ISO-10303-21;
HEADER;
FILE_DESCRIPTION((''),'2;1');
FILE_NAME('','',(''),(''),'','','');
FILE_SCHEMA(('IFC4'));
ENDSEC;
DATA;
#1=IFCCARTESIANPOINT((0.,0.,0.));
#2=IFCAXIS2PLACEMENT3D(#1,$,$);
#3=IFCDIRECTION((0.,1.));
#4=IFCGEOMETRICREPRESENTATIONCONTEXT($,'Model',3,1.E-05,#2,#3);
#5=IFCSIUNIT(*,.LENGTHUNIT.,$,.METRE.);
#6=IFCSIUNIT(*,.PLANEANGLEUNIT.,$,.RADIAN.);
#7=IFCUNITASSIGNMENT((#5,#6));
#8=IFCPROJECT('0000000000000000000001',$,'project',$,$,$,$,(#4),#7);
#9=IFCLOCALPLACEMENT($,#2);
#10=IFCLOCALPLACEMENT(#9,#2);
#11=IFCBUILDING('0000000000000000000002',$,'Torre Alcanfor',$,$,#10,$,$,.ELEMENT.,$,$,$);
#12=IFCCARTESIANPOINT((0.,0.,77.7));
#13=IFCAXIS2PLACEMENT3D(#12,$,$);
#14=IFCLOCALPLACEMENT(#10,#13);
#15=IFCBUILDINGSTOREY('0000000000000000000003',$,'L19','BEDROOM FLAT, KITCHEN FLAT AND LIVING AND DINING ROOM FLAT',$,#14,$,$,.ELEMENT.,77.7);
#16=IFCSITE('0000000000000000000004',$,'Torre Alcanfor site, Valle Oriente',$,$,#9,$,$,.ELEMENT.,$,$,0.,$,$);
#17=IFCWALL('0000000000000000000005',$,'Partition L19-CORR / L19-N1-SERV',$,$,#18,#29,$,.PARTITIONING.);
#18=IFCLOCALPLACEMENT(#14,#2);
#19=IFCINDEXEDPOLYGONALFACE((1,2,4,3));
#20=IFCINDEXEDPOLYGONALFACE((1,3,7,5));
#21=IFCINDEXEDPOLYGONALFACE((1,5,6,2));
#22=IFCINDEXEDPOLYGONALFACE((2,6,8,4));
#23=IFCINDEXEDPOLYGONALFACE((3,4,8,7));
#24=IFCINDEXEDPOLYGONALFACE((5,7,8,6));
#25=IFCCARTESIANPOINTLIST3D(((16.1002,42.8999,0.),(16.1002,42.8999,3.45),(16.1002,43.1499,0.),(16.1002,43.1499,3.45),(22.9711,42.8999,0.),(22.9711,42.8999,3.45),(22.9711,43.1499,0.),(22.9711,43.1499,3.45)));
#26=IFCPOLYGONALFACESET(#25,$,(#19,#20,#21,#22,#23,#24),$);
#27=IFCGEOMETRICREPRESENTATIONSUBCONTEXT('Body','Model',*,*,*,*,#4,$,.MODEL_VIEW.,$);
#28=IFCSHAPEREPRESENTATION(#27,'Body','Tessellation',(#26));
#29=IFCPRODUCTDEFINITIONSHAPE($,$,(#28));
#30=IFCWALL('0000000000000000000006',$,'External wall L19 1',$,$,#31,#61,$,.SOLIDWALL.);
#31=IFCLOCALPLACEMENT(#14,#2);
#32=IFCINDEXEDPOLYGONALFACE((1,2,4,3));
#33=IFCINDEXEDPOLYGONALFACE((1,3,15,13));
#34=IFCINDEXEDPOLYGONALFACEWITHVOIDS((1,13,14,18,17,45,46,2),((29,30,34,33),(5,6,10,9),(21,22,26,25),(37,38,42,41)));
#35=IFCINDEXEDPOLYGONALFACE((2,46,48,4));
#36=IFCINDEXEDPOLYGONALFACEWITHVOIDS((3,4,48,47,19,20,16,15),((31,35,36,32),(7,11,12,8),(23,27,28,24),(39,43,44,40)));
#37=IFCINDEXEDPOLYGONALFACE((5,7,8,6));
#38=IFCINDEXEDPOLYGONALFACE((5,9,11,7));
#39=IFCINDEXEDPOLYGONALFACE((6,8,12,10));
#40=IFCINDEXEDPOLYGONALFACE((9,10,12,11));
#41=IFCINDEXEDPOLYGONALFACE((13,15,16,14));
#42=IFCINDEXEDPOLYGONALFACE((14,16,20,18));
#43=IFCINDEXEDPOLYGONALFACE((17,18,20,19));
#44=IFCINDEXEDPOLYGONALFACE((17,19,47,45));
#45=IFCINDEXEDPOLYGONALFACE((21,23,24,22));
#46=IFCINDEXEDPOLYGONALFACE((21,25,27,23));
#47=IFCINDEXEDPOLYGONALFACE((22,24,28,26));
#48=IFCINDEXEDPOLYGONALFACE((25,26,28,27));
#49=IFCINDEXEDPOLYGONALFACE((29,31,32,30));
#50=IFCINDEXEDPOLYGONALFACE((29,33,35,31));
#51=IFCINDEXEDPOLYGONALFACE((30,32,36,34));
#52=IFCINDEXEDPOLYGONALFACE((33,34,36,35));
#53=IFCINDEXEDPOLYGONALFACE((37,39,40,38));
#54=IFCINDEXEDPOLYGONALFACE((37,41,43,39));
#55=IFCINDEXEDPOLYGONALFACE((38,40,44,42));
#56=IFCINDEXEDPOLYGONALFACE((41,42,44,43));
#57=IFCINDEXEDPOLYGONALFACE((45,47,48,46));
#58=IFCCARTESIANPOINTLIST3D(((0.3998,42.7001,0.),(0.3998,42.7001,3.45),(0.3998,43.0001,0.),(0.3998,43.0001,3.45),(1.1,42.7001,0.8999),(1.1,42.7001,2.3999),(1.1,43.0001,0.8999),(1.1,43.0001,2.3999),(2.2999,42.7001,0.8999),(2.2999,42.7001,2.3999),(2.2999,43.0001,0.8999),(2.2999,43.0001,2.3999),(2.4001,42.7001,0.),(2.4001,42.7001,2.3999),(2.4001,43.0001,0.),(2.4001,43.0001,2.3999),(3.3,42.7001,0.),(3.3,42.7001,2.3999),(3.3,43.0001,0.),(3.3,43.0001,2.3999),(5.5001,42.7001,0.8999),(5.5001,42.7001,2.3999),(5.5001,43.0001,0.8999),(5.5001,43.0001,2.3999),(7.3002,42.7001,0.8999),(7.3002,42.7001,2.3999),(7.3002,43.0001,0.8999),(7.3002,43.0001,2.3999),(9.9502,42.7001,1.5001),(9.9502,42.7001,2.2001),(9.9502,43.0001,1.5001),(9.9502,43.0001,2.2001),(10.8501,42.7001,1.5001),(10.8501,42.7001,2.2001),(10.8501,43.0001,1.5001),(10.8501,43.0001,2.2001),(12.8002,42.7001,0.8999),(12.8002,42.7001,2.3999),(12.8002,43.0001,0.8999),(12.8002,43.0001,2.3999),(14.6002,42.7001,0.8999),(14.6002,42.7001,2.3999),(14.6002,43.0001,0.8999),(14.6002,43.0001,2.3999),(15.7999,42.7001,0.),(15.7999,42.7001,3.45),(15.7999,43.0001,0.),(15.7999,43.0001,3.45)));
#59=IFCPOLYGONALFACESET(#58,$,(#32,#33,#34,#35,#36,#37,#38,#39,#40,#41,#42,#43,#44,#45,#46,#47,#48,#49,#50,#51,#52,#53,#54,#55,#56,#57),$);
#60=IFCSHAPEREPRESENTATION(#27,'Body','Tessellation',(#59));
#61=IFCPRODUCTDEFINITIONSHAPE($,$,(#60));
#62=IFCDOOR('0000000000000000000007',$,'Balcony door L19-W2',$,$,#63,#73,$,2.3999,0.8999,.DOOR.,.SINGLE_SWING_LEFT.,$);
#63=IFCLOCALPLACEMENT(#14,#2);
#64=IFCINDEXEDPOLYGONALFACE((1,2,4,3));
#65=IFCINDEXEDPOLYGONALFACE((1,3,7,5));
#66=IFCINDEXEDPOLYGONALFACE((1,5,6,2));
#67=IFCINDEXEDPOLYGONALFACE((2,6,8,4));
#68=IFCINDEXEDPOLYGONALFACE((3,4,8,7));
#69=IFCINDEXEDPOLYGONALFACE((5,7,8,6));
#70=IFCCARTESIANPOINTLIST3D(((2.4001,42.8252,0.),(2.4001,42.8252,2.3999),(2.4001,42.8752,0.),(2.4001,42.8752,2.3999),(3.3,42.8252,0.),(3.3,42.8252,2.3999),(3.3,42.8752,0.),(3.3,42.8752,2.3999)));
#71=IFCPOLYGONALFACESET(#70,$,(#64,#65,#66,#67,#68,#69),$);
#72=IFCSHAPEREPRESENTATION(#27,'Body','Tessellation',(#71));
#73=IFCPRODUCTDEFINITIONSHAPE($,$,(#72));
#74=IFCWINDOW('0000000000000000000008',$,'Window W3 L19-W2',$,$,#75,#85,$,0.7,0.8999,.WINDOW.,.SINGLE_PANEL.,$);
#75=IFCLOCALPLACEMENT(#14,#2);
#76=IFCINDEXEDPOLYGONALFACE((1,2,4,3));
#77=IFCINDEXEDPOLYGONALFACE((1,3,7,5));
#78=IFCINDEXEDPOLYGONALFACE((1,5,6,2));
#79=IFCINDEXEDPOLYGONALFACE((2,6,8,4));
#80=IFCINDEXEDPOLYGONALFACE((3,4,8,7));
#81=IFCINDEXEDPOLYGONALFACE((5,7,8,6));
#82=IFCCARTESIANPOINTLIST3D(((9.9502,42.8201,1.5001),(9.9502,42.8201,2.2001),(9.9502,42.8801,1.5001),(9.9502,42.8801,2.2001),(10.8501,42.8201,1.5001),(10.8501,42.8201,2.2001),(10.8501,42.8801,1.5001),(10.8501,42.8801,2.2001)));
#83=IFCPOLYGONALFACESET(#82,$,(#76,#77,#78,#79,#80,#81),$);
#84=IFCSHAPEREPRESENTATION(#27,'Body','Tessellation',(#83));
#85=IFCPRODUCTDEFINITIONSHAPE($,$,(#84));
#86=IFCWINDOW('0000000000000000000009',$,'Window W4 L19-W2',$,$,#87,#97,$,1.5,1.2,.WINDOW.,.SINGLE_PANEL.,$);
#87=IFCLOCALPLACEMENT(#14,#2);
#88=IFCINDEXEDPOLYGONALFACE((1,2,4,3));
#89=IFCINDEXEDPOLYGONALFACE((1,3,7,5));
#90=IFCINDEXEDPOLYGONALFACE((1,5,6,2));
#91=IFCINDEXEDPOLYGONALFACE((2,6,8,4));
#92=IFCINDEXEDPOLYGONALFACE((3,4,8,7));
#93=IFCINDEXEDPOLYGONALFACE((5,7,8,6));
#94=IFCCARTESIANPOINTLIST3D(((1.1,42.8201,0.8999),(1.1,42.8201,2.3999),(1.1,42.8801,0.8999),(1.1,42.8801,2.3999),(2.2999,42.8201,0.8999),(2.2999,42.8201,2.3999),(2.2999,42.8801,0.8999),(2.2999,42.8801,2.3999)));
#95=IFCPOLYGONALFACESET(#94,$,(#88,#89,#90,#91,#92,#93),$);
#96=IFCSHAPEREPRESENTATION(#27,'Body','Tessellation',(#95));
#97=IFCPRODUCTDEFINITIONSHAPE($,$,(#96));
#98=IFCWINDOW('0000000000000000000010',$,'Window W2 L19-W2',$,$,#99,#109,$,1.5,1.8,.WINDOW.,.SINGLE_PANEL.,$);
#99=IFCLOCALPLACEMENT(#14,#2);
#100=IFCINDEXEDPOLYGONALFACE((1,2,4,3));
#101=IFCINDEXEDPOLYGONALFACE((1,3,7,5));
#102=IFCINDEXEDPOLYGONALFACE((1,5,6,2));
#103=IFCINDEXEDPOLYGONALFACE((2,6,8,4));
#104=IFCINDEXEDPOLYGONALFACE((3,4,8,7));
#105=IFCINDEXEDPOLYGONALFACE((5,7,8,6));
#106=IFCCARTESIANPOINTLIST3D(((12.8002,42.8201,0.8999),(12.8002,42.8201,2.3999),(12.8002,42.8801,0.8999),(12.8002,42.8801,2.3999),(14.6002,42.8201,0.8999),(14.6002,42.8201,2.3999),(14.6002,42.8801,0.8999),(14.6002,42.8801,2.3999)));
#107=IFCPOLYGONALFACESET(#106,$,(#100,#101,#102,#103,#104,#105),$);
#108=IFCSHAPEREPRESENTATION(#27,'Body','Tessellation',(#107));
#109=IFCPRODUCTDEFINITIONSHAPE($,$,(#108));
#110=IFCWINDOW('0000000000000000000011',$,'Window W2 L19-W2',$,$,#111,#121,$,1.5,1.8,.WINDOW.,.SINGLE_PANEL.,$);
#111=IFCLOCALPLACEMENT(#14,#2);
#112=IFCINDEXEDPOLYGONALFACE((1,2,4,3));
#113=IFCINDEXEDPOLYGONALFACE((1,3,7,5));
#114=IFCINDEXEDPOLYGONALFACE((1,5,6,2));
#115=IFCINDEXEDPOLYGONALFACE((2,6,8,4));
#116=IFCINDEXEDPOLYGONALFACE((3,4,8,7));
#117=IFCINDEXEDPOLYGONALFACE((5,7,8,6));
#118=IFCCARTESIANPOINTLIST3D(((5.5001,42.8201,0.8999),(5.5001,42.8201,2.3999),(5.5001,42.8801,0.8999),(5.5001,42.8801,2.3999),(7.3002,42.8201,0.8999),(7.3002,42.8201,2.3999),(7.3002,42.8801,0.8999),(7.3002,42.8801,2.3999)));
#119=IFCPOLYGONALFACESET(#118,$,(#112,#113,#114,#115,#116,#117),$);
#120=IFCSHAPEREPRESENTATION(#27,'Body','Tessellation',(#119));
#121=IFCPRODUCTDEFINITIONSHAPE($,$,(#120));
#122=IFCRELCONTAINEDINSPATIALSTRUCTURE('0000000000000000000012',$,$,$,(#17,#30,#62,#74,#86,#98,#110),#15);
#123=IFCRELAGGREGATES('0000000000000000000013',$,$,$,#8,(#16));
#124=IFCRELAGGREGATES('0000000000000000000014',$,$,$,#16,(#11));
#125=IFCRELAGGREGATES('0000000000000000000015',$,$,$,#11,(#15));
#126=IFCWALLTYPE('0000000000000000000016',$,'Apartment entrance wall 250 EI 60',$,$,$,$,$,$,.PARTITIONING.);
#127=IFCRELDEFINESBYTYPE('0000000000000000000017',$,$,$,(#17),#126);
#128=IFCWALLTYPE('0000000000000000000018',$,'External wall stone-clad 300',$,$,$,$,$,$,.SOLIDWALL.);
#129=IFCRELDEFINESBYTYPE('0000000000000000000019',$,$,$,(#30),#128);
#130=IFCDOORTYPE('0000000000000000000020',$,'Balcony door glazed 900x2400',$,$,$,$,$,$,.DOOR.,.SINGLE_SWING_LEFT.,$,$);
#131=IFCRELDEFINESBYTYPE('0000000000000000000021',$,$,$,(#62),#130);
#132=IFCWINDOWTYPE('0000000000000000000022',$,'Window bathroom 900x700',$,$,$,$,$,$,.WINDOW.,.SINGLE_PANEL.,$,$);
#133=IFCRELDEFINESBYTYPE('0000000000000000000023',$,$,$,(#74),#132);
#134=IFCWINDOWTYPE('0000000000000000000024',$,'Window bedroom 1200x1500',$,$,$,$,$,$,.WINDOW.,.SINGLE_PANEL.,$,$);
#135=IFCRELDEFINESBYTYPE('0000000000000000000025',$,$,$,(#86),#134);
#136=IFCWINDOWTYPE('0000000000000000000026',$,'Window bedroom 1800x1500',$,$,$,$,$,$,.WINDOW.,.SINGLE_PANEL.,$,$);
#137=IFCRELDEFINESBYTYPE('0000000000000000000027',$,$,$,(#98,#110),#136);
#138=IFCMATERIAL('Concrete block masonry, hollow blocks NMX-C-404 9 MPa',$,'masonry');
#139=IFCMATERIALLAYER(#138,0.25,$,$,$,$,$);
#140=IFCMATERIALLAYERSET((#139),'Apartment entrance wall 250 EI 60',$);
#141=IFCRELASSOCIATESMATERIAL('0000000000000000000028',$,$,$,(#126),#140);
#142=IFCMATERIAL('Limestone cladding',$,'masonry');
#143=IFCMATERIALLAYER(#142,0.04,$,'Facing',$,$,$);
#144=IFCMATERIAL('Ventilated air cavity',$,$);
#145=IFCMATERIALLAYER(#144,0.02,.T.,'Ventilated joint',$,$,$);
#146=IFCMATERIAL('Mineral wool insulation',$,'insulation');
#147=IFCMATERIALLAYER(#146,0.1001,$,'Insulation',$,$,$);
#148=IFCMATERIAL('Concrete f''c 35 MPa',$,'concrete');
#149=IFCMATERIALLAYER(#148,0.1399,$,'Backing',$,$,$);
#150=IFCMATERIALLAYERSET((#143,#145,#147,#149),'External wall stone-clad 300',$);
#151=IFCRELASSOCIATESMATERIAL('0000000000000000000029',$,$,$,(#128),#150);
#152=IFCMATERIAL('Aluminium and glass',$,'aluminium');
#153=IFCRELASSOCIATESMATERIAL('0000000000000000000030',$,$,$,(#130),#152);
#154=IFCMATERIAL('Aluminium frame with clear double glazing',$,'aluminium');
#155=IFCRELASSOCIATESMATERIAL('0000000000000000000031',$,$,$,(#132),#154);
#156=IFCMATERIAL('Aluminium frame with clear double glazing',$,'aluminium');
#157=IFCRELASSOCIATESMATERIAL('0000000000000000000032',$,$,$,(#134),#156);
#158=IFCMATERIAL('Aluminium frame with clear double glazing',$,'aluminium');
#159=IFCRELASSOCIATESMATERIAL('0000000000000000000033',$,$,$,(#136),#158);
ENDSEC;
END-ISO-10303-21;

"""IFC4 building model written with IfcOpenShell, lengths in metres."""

from ifc_helpers import new_model, si_unit, direction, frame, frame_2d, origin, place, context, subcontext, project, spatial, rectangle, extrude, material, layer, layer_set, type_object, element, fill, save


model = new_model("IFC4")

# Units and contexts
model_context = context("Model", 3, precision=1e-05, world=origin(), true_north=direction((0.0, 1.0)))
body_context = subcontext(model_context, "Body", "Model", "MODEL_VIEW")
ifc_project = project(units=[si_unit("LENGTHUNIT", "METRE"), si_unit("PLANEANGLEUNIT", "RADIAN")], contexts=[model_context])

# Site, building, storey
site_placement = place(None, origin())
site = spatial("IfcSite", under=ifc_project, at=site_placement, Name="Torre Alcanfor site, Valle Oriente", CompositionType="ELEMENT", RefElevation=0.0)
building_placement = place(site_placement, origin())
building = spatial("IfcBuilding", under=site, at=building_placement, Name="Torre Alcanfor", CompositionType="ELEMENT")
storey_placement = place(building_placement, frame((0.0, 0.0, 77.7)))
storey = spatial("IfcBuildingStorey", under=building, at=storey_placement, Name="L19", Description="BEDROOM FLAT, KITCHEN FLAT AND LIVING AND DINING ROOM FLAT", CompositionType="ELEMENT", Elevation=77.7)

# Wall
ifc_material_1 = material(Name="Concrete block masonry, hollow blocks NMX-C-404 9 MPa", Category="masonry")
ifc_layer_1 = layer(ifc_material_1, 0.25)
ifc_layer_set_1 = layer_set([ifc_layer_1], Name="Apartment entrance wall 250 EI 60")
wall_type_1 = type_object("IfcWallType", Name="Apartment entrance wall 250 EI 60", PredefinedType="PARTITIONING", material=ifc_layer_set_1)
wall_1_placement = place(storey_placement, frame((16.1001, 43.0249, 0.0), z_axis=(0.0, 0.0, 1.0), x_axis=(1.0, 0.0, 0.0)))
element("IfcWall", 1, at=wall_1_placement, inside=storey, type_object=wall_type_1, Name="Partition L19-CORR / L19-N1-SERV", PredefinedType="PARTITIONING", context=body_context, shape_type="SweptSolid", body=[
    extrude(rectangle(XDim=6.8708, YDim=0.25, at=frame_2d((3.4355, 0.0))), origin(), (0.0, 0.0, 1.0), 3.45),
])

# Wall, openings, door, windows
ifc_material_2 = material(Name="Limestone cladding", Category="masonry")
ifc_layer_2 = layer(ifc_material_2, 0.04, Name="Facing")
ifc_material_3 = material(Name="Ventilated air cavity")
ifc_layer_3 = layer(ifc_material_3, 0.02, ventilated=True, Name="Ventilated joint")
ifc_material_4 = material(Name="Mineral wool insulation", Category="insulation")
ifc_layer_4 = layer(ifc_material_4, 0.1001, Name="Insulation")
ifc_material_5 = material(Name="Concrete f'c 35 MPa", Category="concrete")
ifc_layer_5 = layer(ifc_material_5, 0.1399, Name="Backing")
ifc_layer_set_2 = layer_set([ifc_layer_2, ifc_layer_3, ifc_layer_4, ifc_layer_5], Name="External wall stone-clad 300")
wall_type_2 = type_object("IfcWallType", Name="External wall stone-clad 300", PredefinedType="SOLIDWALL", material=ifc_layer_set_2)
wall_2_placement = place(storey_placement, frame((15.8, 42.8501, 0.0), z_axis=(0.0, 0.0, 1.0), x_axis=(-1.0, 0.0, 0.0)))
wall_2 = element("IfcWall", 2, at=wall_2_placement, inside=storey, type_object=wall_type_2, Name="External wall L19 1", PredefinedType="SOLIDWALL", context=body_context, shape_type="SweptSolid", body=[
    extrude(rectangle(XDim=15.4001, YDim=0.3, at=frame_2d((7.7002, 0.0))), origin(), (0.0, 0.0, 1.0), 3.45),
])
opening_1_placement = place(wall_2_placement, frame((1.2, 0.0, 0.8999)))
opening_1 = element("IfcOpeningElement", 3, at=opening_1_placement, cuts=wall_2, PredefinedType="OPENING", context=body_context, shape_type="SweptSolid", body=[
    extrude(rectangle(XDim=1.8, YDim=1.5, at=frame_2d((0.8999, 0.75))), frame((0.0, 0.1599, 0.0), z_axis=(0.0, -1.0, 0.0), x_axis=(1.0, 0.0, 0.0)), (0.0, 0.0, 1.0), 0.3201),
])
opening_2_placement = place(wall_2_placement, frame((4.95, 0.0, 1.5)))
opening_2 = element("IfcOpeningElement", 4, at=opening_2_placement, cuts=wall_2, PredefinedType="OPENING", context=body_context, shape_type="SweptSolid", body=[
    extrude(rectangle(XDim=0.8999, YDim=0.7, at=frame_2d((0.45, 0.3501))), frame((0.0, 0.1599, 0.0), z_axis=(0.0, -1.0, 0.0), x_axis=(1.0, 0.0, 0.0)), (0.0, 0.0, 1.0), 0.3201),
])
opening_3_placement = place(wall_2_placement, frame((8.5, 0.0, 0.8999)))
opening_3 = element("IfcOpeningElement", 5, at=opening_3_placement, cuts=wall_2, PredefinedType="OPENING", context=body_context, shape_type="SweptSolid", body=[
    extrude(rectangle(XDim=1.8, YDim=1.5, at=frame_2d((0.8999, 0.75))), frame((0.0, 0.1599, 0.0), z_axis=(0.0, -1.0, 0.0), x_axis=(1.0, 0.0, 0.0)), (0.0, 0.0, 1.0), 0.3201),
])
opening_4_placement = place(wall_2_placement, frame((12.5, 0.0, 0.0)))
opening_4 = element("IfcOpeningElement", 6, at=opening_4_placement, cuts=wall_2, PredefinedType="OPENING", context=body_context, shape_type="SweptSolid", body=[
    extrude(rectangle(XDim=0.8999, YDim=2.3999, at=frame_2d((0.45, 1.2))), frame((0.0, 0.1599, 0.0), z_axis=(0.0, -1.0, 0.0), x_axis=(1.0, 0.0, 0.0)), (0.0, 0.0, 1.0), 0.3201),
])
opening_5_placement = place(wall_2_placement, frame((13.5, 0.0, 0.8999)))
opening_5 = element("IfcOpeningElement", 7, at=opening_5_placement, cuts=wall_2, PredefinedType="OPENING", context=body_context, shape_type="SweptSolid", body=[
    extrude(rectangle(XDim=1.2, YDim=1.5, at=frame_2d((0.6001, 0.75))), frame((0.0, 0.1599, 0.0), z_axis=(0.0, -1.0, 0.0), x_axis=(1.0, 0.0, 0.0)), (0.0, 0.0, 1.0), 0.3201),
])
ifc_material_6 = material(Name="Aluminium and glass", Category="aluminium")
door_type = type_object("IfcDoorType", Name="Balcony door glazed 900x2400", OperationType="SINGLE_SWING_LEFT", PredefinedType="DOOR", material=ifc_material_6)
door_1_placement = place(opening_4_placement, origin())
door_1 = element("IfcDoor", 8, at=door_1_placement, inside=storey, type_object=door_type, Name="Balcony door L19-W2", OperationType="SINGLE_SWING_LEFT", OverallHeight=2.3999, OverallWidth=0.8999, PredefinedType="DOOR", context=body_context, shape_type="SweptSolid", body=[
    extrude(rectangle(XDim=0.8999, YDim=2.3999, at=frame_2d((0.45, 1.2))), frame((0.0, 0.0249, 0.0), z_axis=(0.0, -1.0, 0.0), x_axis=(1.0, 0.0, 0.0)), (0.0, 0.0, 1.0), 0.05),
])
fill(opening_4, door_1)
ifc_material_7 = material(Name="Aluminium frame with clear double glazing", Category="aluminium")
window_type_1 = type_object("IfcWindowType", Name="Window bathroom 900x700", PartitioningType="SINGLE_PANEL", PredefinedType="WINDOW", material=ifc_material_7)
window_1_placement = place(opening_2_placement, origin())
window_1 = element("IfcWindow", 9, at=window_1_placement, inside=storey, type_object=window_type_1, Name="Window W3 L19-W2", OverallHeight=0.7, OverallWidth=0.8999, PartitioningType="SINGLE_PANEL", PredefinedType="WINDOW", context=body_context, shape_type="SweptSolid", body=[
    extrude(rectangle(XDim=0.8999, YDim=0.7, at=frame_2d((0.45, 0.3501))), frame((0.0, 0.03, 0.0), z_axis=(0.0, -1.0, 0.0), x_axis=(1.0, 0.0, 0.0)), (0.0, 0.0, 1.0), 0.0601),
])
fill(opening_2, window_1)
ifc_material_8 = material(Name="Aluminium frame with clear double glazing", Category="aluminium")
window_type_2 = type_object("IfcWindowType", Name="Window bedroom 1200x1500", PartitioningType="SINGLE_PANEL", PredefinedType="WINDOW", material=ifc_material_8)
window_2_placement = place(opening_5_placement, origin())
window_2 = element("IfcWindow", 10, at=window_2_placement, inside=storey, type_object=window_type_2, Name="Window W4 L19-W2", OverallHeight=1.5, OverallWidth=1.2, PartitioningType="SINGLE_PANEL", PredefinedType="WINDOW", context=body_context, shape_type="SweptSolid", body=[
    extrude(rectangle(XDim=1.2, YDim=1.5, at=frame_2d((0.6001, 0.75))), frame((0.0, 0.03, 0.0), z_axis=(0.0, -1.0, 0.0), x_axis=(1.0, 0.0, 0.0)), (0.0, 0.0, 1.0), 0.0601),
])
fill(opening_5, window_2)
ifc_material_9 = material(Name="Aluminium frame with clear double glazing", Category="aluminium")
window_type_3 = type_object("IfcWindowType", Name="Window bedroom 1800x1500", PartitioningType="SINGLE_PANEL", PredefinedType="WINDOW", material=ifc_material_9)
window_3_placement = place(opening_1_placement, origin())
window_3 = element("IfcWindow", 11, at=window_3_placement, inside=storey, type_object=window_type_3, Name="Window W2 L19-W2", OverallHeight=1.5, OverallWidth=1.8, PartitioningType="SINGLE_PANEL", PredefinedType="WINDOW", context=body_context, shape_type="SweptSolid", body=[
    extrude(rectangle(XDim=1.8, YDim=1.5, at=frame_2d((0.8999, 0.75))), frame((0.0, 0.03, 0.0), z_axis=(0.0, -1.0, 0.0), x_axis=(1.0, 0.0, 0.0)), (0.0, 0.0, 1.0), 0.0601),
])
fill(opening_1, window_3)
window_4_placement = place(opening_3_placement, origin())
window_4 = element("IfcWindow", 12, at=window_4_placement, inside=storey, type_object=window_type_3, Name="Window W2 L19-W2", OverallHeight=1.5, OverallWidth=1.8, PartitioningType="SINGLE_PANEL", PredefinedType="WINDOW", context=body_context, shape_type="SweptSolid", body=[
    extrude(rectangle(XDim=1.8, YDim=1.5, at=frame_2d((0.8999, 0.75))), frame((0.0, 0.03, 0.0), z_axis=(0.0, -1.0, 0.0), x_axis=(1.0, 0.0, 0.0)), (0.0, 0.0, 1.0), 0.0601),
])
fill(opening_3, window_4)

save(model, "model.ifc")
